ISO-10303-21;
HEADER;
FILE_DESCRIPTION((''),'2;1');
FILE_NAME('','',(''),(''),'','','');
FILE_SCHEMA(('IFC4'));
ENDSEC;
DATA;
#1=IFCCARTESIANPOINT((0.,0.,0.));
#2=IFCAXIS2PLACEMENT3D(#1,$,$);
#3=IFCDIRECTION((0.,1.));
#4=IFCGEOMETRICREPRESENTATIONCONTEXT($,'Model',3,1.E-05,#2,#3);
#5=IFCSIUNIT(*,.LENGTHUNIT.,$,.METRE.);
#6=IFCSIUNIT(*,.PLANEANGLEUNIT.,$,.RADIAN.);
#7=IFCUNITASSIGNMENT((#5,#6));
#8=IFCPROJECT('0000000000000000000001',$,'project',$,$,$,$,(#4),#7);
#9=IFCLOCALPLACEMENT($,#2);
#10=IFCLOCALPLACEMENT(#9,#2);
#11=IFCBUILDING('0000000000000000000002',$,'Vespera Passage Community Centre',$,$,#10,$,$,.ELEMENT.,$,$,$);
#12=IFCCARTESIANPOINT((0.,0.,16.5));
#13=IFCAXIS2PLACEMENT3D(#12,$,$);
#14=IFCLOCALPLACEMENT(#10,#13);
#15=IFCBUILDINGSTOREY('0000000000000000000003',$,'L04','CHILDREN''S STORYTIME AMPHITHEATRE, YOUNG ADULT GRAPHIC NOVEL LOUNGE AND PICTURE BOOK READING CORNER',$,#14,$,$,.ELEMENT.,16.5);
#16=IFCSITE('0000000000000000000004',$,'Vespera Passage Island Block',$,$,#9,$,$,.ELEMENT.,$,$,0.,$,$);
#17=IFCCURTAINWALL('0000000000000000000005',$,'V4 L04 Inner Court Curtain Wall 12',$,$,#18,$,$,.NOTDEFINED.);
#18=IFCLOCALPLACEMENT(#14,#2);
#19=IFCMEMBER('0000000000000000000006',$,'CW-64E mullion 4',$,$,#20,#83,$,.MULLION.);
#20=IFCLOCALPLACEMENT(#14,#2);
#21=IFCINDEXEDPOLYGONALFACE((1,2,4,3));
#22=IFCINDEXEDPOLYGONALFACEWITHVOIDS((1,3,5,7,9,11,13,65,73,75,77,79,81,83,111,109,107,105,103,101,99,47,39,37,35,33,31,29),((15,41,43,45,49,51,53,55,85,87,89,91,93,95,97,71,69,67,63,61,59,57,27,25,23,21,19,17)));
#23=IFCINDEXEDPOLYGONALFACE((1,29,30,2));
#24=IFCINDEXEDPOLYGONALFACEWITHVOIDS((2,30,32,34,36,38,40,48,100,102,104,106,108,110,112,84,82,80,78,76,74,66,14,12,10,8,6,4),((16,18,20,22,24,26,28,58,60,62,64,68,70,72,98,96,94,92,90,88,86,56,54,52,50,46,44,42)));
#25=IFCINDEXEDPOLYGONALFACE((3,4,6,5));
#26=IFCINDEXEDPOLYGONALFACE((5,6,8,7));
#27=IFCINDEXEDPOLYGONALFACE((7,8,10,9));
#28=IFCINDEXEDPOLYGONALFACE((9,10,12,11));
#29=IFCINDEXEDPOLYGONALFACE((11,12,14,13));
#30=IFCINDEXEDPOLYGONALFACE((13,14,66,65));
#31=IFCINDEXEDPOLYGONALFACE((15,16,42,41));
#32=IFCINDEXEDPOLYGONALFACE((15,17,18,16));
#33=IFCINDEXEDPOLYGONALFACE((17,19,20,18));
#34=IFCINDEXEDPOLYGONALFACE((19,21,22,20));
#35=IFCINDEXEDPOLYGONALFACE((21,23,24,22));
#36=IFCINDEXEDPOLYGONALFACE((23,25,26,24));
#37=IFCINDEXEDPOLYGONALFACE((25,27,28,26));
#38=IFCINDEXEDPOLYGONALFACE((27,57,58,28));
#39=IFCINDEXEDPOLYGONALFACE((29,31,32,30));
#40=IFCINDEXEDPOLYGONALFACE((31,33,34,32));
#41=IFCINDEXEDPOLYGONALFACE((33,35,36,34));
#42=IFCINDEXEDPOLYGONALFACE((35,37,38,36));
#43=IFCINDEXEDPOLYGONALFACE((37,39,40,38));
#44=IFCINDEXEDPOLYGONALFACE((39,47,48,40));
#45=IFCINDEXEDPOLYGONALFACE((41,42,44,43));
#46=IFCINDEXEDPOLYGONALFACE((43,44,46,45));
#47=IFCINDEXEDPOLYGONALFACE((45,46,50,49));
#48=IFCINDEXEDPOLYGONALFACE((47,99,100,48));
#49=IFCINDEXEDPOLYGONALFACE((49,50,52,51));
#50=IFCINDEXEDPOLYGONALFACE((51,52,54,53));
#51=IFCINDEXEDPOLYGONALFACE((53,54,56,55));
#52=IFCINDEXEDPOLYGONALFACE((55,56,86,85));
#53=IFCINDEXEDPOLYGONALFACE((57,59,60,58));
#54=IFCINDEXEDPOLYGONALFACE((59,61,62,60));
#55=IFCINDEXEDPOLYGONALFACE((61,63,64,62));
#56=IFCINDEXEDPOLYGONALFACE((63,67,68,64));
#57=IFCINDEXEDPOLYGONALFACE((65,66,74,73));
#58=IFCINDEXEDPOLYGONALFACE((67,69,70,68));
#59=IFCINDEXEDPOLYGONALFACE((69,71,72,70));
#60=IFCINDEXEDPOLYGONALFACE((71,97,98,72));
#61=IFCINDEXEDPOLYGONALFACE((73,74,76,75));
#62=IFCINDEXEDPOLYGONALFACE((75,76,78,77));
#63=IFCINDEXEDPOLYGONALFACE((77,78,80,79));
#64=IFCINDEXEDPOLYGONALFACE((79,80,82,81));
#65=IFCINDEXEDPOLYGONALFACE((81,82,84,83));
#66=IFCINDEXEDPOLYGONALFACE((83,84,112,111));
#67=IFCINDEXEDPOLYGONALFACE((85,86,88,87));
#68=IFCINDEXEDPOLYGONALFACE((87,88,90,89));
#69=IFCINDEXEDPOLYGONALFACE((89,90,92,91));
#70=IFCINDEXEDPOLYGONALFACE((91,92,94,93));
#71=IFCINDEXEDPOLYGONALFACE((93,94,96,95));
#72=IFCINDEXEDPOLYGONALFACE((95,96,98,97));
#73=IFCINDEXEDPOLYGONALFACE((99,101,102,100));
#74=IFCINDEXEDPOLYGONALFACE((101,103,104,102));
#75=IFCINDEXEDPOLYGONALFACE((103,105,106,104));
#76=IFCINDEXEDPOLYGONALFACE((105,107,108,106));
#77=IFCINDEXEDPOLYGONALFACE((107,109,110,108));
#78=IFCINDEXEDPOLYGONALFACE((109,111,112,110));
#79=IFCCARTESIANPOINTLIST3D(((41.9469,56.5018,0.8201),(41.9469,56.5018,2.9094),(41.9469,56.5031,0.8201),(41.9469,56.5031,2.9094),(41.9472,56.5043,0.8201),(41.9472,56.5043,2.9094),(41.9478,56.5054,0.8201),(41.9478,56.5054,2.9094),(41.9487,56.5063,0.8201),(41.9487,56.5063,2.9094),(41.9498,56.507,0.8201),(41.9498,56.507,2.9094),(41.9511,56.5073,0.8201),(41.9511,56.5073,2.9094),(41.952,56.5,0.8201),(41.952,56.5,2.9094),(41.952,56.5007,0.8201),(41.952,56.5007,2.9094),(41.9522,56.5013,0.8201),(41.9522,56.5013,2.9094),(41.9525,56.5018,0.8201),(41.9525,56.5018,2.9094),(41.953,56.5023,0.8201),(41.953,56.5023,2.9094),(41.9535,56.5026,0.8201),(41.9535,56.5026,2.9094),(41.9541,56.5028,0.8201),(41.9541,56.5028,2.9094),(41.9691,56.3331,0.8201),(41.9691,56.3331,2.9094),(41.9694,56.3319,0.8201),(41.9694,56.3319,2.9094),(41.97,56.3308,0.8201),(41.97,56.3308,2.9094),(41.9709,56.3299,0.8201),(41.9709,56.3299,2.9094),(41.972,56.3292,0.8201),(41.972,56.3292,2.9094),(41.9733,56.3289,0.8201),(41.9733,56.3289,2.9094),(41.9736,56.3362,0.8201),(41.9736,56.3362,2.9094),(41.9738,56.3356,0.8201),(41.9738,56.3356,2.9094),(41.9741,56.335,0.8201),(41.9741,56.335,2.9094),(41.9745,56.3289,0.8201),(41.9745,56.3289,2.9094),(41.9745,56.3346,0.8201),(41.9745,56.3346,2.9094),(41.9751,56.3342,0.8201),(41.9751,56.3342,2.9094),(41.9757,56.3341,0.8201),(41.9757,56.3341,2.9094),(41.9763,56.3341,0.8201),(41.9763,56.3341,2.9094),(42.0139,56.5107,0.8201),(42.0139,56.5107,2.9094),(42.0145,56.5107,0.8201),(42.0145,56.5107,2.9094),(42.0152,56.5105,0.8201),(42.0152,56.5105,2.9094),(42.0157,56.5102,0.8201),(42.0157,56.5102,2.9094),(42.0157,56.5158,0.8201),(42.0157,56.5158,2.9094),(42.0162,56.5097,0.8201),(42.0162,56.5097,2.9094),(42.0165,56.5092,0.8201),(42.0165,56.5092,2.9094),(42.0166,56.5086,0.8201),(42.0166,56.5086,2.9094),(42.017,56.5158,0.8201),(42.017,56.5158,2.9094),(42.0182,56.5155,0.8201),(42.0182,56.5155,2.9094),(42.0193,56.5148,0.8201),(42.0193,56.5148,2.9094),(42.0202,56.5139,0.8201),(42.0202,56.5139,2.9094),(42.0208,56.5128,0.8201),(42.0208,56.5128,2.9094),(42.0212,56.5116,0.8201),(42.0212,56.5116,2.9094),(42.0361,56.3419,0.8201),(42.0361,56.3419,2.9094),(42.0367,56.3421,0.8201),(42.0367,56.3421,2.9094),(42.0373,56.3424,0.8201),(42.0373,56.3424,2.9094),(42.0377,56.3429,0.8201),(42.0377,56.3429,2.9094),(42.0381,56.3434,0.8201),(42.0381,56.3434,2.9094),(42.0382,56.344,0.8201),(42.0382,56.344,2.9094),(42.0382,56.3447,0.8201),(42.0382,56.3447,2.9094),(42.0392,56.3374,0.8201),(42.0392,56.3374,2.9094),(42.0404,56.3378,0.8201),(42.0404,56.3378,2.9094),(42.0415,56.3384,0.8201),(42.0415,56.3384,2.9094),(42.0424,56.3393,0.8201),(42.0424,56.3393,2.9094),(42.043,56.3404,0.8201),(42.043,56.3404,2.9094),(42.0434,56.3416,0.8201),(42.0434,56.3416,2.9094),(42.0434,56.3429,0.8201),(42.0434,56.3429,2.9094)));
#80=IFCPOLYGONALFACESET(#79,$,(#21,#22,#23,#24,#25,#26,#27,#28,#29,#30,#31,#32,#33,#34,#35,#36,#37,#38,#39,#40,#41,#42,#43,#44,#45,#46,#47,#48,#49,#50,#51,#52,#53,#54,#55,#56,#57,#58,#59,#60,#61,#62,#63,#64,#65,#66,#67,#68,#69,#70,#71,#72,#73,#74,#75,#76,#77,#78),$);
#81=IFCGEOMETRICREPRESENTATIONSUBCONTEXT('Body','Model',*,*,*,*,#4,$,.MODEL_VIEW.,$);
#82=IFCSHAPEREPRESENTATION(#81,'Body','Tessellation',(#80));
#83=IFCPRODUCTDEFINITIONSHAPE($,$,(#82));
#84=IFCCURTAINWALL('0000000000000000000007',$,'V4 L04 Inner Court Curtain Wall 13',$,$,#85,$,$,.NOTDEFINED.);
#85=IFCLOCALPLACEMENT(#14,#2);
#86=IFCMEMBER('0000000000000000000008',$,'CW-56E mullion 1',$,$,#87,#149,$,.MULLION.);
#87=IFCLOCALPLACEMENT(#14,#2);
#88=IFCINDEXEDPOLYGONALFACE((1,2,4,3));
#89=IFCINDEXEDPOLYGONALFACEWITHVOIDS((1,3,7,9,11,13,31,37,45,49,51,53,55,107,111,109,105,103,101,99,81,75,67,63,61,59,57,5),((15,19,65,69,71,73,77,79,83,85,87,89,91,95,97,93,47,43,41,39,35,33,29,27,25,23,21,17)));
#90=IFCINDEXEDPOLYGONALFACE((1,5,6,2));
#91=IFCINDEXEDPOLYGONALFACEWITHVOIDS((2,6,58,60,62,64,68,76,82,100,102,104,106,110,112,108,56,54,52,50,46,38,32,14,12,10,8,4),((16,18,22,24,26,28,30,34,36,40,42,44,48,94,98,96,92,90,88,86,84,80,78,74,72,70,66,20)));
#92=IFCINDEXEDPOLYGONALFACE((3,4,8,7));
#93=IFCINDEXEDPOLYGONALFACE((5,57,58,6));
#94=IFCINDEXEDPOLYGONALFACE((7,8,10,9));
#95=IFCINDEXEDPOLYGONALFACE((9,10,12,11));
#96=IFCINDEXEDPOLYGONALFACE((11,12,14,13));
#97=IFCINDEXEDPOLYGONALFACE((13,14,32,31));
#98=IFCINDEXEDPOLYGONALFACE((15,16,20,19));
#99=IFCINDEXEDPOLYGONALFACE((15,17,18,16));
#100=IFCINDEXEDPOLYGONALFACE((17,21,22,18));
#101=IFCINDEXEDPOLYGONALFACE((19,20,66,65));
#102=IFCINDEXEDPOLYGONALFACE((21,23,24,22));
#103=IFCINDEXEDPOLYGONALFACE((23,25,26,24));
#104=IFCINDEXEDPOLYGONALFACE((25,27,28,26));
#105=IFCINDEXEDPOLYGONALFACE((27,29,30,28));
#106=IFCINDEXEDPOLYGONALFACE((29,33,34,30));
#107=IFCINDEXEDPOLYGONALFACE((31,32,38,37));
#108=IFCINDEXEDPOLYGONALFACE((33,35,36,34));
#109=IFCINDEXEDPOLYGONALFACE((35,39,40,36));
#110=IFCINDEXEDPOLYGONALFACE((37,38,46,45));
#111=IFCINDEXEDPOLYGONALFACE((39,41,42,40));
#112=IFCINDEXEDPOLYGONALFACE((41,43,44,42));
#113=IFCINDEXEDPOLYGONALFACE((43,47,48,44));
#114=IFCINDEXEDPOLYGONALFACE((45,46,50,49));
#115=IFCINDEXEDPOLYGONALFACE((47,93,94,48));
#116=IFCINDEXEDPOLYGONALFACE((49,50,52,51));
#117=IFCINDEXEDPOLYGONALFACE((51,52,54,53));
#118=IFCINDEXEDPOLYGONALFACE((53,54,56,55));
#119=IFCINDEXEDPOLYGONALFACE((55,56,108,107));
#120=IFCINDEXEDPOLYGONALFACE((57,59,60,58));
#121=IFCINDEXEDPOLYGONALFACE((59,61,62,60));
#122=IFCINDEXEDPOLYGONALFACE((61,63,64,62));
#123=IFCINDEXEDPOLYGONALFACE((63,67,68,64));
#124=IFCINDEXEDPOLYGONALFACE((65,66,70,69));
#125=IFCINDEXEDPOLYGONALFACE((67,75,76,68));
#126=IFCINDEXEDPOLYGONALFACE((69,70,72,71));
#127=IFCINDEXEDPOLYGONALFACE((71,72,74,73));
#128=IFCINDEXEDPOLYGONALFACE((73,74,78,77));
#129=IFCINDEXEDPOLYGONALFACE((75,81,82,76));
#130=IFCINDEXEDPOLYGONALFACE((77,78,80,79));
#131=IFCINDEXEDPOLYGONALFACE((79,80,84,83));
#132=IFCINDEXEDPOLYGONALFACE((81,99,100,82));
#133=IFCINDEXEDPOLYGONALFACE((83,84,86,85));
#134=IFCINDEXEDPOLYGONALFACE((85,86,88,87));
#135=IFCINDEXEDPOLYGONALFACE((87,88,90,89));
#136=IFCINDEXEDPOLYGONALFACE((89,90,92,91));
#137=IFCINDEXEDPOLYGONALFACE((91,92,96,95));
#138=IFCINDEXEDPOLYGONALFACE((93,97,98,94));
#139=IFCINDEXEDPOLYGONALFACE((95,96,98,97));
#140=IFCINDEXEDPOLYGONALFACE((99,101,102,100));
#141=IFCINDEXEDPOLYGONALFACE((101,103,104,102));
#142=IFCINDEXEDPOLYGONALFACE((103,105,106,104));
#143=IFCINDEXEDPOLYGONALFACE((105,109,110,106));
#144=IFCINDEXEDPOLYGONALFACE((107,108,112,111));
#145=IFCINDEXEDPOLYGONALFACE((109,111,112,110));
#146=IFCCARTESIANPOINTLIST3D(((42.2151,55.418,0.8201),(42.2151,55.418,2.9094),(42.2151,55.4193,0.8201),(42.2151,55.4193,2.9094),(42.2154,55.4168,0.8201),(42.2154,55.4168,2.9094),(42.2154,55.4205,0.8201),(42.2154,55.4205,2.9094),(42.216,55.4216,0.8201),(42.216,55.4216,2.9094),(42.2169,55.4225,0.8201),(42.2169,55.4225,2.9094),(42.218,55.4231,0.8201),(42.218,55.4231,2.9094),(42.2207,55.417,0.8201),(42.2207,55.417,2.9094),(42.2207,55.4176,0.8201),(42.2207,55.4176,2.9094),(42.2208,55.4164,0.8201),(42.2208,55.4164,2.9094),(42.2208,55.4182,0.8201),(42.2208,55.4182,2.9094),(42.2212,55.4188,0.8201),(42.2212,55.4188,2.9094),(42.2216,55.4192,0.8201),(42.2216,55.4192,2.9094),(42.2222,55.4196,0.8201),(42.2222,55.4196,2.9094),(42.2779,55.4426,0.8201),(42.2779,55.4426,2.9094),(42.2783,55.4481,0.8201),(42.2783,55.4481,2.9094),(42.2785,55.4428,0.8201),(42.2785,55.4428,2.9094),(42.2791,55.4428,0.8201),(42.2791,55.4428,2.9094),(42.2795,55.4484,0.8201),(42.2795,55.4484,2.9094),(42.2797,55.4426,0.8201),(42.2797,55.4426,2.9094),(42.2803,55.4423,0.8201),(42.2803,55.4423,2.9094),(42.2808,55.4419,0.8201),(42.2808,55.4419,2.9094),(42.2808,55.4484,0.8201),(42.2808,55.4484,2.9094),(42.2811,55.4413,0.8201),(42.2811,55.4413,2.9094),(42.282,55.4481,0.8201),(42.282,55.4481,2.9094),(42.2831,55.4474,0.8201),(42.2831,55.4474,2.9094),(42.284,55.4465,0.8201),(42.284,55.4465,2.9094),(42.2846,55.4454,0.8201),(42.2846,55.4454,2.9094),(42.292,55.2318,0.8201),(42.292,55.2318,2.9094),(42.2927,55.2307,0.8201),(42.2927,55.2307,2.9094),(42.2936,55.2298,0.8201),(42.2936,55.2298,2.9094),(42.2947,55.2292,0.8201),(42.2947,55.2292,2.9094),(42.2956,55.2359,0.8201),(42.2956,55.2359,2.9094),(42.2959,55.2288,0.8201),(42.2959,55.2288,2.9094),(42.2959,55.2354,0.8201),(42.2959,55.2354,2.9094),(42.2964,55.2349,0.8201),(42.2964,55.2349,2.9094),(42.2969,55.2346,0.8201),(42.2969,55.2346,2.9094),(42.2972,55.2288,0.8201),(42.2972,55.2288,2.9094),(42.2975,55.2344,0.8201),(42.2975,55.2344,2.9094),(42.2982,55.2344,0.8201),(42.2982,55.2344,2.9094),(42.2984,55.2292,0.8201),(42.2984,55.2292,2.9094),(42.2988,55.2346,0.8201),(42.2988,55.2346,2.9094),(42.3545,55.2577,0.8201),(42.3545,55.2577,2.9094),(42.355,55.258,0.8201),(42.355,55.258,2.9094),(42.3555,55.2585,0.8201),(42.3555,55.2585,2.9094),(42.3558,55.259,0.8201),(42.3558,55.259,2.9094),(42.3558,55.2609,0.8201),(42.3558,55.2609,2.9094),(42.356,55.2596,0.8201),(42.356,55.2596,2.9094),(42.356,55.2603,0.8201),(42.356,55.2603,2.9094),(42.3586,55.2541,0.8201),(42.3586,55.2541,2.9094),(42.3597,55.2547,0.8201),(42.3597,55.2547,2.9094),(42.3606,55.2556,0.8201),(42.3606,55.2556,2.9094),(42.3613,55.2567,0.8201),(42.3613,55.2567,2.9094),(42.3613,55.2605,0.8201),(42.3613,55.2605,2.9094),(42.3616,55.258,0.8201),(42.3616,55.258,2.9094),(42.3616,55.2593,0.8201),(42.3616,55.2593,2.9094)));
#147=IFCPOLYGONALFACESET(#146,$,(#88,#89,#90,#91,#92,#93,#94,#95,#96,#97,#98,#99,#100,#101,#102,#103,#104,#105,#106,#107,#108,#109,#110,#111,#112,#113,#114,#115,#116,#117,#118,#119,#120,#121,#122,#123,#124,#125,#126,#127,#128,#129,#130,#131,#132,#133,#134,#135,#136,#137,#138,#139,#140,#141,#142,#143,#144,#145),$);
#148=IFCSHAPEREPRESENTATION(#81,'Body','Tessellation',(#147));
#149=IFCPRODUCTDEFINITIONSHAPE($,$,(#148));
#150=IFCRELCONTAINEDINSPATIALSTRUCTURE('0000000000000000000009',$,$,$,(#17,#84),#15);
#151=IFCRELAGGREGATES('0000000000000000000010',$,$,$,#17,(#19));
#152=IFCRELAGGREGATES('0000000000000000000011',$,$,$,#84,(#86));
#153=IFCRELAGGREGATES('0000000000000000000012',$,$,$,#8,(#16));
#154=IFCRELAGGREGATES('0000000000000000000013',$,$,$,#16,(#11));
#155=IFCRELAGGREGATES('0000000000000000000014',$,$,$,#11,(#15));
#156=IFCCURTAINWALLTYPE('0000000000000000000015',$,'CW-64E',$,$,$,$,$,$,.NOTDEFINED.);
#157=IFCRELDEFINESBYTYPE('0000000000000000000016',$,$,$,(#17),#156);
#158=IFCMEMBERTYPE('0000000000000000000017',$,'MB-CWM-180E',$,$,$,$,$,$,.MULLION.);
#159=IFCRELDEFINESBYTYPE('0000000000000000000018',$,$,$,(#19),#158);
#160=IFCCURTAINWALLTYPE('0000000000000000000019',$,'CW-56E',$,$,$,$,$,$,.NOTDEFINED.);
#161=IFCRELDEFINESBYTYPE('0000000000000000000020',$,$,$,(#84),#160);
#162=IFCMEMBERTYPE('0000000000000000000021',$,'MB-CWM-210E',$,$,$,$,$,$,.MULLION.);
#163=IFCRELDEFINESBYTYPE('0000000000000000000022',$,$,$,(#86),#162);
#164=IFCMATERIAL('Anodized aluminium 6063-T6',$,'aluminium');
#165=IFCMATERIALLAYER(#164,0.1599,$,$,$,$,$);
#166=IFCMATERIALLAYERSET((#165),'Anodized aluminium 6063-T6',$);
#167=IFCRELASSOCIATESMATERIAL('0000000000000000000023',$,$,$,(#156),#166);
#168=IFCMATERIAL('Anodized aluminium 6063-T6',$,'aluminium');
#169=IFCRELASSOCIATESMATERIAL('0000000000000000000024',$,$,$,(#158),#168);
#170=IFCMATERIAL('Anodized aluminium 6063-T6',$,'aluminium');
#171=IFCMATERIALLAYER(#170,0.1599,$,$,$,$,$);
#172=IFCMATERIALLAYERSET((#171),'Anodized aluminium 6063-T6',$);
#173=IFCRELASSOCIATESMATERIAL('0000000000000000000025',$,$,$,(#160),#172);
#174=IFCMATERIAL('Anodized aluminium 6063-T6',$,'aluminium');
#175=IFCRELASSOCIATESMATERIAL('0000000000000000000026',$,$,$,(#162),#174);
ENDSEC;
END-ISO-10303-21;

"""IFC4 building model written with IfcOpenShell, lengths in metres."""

from ifc_helpers import new_model, si_unit, direction, frame, origin, origin_2d, place, context, subcontext, project, spatial, hollow_rectangle, extrude, material, layer, layer_set, material_profile, profile_set, type_object, element, aggregate, save


model = new_model("IFC4")

# Units and contexts
model_context = context("Model", 3, precision=1e-05, world=origin(), true_north=direction((0.0, 1.0)))
body_context = subcontext(model_context, "Body", "Model", "MODEL_VIEW")
ifc_project = project(units=[si_unit("LENGTHUNIT", "METRE"), si_unit("PLANEANGLEUNIT", "RADIAN")], contexts=[model_context])

# Site, building, storey
site_placement = place(None, origin())
site = spatial("IfcSite", under=ifc_project, at=site_placement, Name="Vespera Passage Island Block", CompositionType="ELEMENT", RefElevation=0.0)
building_placement = place(site_placement, origin())
building = spatial("IfcBuilding", under=site, at=building_placement, Name="Vespera Passage Community Centre", CompositionType="ELEMENT")
storey_placement = place(building_placement, frame((0.0, 0.0, 16.5)))
storey = spatial("IfcBuildingStorey", under=building, at=storey_placement, Name="L04", Description="CHILDREN'S STORYTIME AMPHITHEATRE, YOUNG ADULT GRAPHIC NOVEL LOUNGE AND PICTURE BOOK READING CORNER", CompositionType="ELEMENT", Elevation=16.5)

# Curtain wall, member
ifc_material_1 = material(Name="Anodized aluminium 6063-T6", Category="aluminium")
ifc_layer_1 = layer(ifc_material_1, 0.1599)
ifc_layer_set_1 = layer_set([ifc_layer_1], Name="Anodized aluminium 6063-T6")
curtain_wall_type_1 = type_object("IfcCurtainWallType", Name="CW-64E", PredefinedType="NOTDEFINED", material=ifc_layer_set_1)
curtain_wall_1_placement = place(storey_placement, origin())
curtain_wall_1 = element("IfcCurtainWall", 1, at=curtain_wall_1_placement, inside=storey, type_object=curtain_wall_type_1, Name="V4 L04 Inner Court Curtain Wall 12", PredefinedType="NOTDEFINED")
ifc_material_2 = material(Name="Anodized aluminium 6063-T6", Category="aluminium")
ifc_material_profile_1 = material_profile(ifc_material_2, hollow_rectangle(XDim=0.075, YDim=0.1799, WallThickness=0.0049, InnerFilletRadius=0.0024, OuterFilletRadius=0.0049, at=origin_2d()), Name="ALU180X75X5")
ifc_profile_set_1 = profile_set([ifc_material_profile_1], Name="Anodized aluminium 6063-T6")
member_type_1 = type_object("IfcMemberType", Name="MB-CWM-180E", PredefinedType="MULLION", material=ifc_profile_set_1)
member_1_placement = place(storey_placement, frame((41.9951, 56.4224, 0.8201), z_axis=(0.0, 0.0, 1.0), x_axis=(0.991445, 0.130522, 0.0)))
member_1 = element("IfcMember", 2, at=member_1_placement, type_object=member_type_1, Name="CW-64E mullion 4", PredefinedType="MULLION", context=body_context, shape_type="SweptSolid", body=[
    extrude(hollow_rectangle(XDim=0.075, YDim=0.1799, WallThickness=0.0049, InnerFilletRadius=0.0024, OuterFilletRadius=0.0049, at=origin_2d()), origin(), (0.0, 0.0, 1.0), 2.0894),
])

# Curtain wall, member
ifc_material_3 = material(Name="Anodized aluminium 6063-T6", Category="aluminium")
ifc_layer_2 = layer(ifc_material_3, 0.1599)
ifc_layer_set_2 = layer_set([ifc_layer_2], Name="Anodized aluminium 6063-T6")
curtain_wall_type_2 = type_object("IfcCurtainWallType", Name="CW-56E", PredefinedType="NOTDEFINED", material=ifc_layer_set_2)
curtain_wall_2_placement = place(storey_placement, origin())
curtain_wall_2 = element("IfcCurtainWall", 3, at=curtain_wall_2_placement, inside=storey, type_object=curtain_wall_type_2, Name="V4 L04 Inner Court Curtain Wall 13", PredefinedType="NOTDEFINED")
ifc_material_4 = material(Name="Anodized aluminium 6063-T6", Category="aluminium")
ifc_material_profile_2 = material_profile(ifc_material_4, hollow_rectangle(XDim=0.075, YDim=0.21, WallThickness=0.0049, InnerFilletRadius=0.0024, OuterFilletRadius=0.0049, at=origin_2d()), Name="ALU210X75X5")
ifc_profile_set_2 = profile_set([ifc_material_profile_2], Name="Anodized aluminium 6063-T6")
member_type_2 = type_object("IfcMemberType", Name="MB-CWM-210E", PredefinedType="MULLION", material=ifc_profile_set_2)
member_2_placement = place(storey_placement, frame((42.2883, 55.3386, 0.8201), z_axis=(0.0, 0.0, 1.0), x_axis=(0.923877, 0.38269, 0.0)))
member_2 = element("IfcMember", 4, at=member_2_placement, type_object=member_type_2, Name="CW-56E mullion 1", PredefinedType="MULLION", context=body_context, shape_type="SweptSolid", body=[
    extrude(hollow_rectangle(XDim=0.075, YDim=0.21, WallThickness=0.0049, InnerFilletRadius=0.0024, OuterFilletRadius=0.0049, at=origin_2d()), origin(), (0.0, 0.0, 1.0), 2.0894),
])

aggregate(curtain_wall_1, [member_1])
aggregate(curtain_wall_2, [member_2])

save(model, "model.ifc")
